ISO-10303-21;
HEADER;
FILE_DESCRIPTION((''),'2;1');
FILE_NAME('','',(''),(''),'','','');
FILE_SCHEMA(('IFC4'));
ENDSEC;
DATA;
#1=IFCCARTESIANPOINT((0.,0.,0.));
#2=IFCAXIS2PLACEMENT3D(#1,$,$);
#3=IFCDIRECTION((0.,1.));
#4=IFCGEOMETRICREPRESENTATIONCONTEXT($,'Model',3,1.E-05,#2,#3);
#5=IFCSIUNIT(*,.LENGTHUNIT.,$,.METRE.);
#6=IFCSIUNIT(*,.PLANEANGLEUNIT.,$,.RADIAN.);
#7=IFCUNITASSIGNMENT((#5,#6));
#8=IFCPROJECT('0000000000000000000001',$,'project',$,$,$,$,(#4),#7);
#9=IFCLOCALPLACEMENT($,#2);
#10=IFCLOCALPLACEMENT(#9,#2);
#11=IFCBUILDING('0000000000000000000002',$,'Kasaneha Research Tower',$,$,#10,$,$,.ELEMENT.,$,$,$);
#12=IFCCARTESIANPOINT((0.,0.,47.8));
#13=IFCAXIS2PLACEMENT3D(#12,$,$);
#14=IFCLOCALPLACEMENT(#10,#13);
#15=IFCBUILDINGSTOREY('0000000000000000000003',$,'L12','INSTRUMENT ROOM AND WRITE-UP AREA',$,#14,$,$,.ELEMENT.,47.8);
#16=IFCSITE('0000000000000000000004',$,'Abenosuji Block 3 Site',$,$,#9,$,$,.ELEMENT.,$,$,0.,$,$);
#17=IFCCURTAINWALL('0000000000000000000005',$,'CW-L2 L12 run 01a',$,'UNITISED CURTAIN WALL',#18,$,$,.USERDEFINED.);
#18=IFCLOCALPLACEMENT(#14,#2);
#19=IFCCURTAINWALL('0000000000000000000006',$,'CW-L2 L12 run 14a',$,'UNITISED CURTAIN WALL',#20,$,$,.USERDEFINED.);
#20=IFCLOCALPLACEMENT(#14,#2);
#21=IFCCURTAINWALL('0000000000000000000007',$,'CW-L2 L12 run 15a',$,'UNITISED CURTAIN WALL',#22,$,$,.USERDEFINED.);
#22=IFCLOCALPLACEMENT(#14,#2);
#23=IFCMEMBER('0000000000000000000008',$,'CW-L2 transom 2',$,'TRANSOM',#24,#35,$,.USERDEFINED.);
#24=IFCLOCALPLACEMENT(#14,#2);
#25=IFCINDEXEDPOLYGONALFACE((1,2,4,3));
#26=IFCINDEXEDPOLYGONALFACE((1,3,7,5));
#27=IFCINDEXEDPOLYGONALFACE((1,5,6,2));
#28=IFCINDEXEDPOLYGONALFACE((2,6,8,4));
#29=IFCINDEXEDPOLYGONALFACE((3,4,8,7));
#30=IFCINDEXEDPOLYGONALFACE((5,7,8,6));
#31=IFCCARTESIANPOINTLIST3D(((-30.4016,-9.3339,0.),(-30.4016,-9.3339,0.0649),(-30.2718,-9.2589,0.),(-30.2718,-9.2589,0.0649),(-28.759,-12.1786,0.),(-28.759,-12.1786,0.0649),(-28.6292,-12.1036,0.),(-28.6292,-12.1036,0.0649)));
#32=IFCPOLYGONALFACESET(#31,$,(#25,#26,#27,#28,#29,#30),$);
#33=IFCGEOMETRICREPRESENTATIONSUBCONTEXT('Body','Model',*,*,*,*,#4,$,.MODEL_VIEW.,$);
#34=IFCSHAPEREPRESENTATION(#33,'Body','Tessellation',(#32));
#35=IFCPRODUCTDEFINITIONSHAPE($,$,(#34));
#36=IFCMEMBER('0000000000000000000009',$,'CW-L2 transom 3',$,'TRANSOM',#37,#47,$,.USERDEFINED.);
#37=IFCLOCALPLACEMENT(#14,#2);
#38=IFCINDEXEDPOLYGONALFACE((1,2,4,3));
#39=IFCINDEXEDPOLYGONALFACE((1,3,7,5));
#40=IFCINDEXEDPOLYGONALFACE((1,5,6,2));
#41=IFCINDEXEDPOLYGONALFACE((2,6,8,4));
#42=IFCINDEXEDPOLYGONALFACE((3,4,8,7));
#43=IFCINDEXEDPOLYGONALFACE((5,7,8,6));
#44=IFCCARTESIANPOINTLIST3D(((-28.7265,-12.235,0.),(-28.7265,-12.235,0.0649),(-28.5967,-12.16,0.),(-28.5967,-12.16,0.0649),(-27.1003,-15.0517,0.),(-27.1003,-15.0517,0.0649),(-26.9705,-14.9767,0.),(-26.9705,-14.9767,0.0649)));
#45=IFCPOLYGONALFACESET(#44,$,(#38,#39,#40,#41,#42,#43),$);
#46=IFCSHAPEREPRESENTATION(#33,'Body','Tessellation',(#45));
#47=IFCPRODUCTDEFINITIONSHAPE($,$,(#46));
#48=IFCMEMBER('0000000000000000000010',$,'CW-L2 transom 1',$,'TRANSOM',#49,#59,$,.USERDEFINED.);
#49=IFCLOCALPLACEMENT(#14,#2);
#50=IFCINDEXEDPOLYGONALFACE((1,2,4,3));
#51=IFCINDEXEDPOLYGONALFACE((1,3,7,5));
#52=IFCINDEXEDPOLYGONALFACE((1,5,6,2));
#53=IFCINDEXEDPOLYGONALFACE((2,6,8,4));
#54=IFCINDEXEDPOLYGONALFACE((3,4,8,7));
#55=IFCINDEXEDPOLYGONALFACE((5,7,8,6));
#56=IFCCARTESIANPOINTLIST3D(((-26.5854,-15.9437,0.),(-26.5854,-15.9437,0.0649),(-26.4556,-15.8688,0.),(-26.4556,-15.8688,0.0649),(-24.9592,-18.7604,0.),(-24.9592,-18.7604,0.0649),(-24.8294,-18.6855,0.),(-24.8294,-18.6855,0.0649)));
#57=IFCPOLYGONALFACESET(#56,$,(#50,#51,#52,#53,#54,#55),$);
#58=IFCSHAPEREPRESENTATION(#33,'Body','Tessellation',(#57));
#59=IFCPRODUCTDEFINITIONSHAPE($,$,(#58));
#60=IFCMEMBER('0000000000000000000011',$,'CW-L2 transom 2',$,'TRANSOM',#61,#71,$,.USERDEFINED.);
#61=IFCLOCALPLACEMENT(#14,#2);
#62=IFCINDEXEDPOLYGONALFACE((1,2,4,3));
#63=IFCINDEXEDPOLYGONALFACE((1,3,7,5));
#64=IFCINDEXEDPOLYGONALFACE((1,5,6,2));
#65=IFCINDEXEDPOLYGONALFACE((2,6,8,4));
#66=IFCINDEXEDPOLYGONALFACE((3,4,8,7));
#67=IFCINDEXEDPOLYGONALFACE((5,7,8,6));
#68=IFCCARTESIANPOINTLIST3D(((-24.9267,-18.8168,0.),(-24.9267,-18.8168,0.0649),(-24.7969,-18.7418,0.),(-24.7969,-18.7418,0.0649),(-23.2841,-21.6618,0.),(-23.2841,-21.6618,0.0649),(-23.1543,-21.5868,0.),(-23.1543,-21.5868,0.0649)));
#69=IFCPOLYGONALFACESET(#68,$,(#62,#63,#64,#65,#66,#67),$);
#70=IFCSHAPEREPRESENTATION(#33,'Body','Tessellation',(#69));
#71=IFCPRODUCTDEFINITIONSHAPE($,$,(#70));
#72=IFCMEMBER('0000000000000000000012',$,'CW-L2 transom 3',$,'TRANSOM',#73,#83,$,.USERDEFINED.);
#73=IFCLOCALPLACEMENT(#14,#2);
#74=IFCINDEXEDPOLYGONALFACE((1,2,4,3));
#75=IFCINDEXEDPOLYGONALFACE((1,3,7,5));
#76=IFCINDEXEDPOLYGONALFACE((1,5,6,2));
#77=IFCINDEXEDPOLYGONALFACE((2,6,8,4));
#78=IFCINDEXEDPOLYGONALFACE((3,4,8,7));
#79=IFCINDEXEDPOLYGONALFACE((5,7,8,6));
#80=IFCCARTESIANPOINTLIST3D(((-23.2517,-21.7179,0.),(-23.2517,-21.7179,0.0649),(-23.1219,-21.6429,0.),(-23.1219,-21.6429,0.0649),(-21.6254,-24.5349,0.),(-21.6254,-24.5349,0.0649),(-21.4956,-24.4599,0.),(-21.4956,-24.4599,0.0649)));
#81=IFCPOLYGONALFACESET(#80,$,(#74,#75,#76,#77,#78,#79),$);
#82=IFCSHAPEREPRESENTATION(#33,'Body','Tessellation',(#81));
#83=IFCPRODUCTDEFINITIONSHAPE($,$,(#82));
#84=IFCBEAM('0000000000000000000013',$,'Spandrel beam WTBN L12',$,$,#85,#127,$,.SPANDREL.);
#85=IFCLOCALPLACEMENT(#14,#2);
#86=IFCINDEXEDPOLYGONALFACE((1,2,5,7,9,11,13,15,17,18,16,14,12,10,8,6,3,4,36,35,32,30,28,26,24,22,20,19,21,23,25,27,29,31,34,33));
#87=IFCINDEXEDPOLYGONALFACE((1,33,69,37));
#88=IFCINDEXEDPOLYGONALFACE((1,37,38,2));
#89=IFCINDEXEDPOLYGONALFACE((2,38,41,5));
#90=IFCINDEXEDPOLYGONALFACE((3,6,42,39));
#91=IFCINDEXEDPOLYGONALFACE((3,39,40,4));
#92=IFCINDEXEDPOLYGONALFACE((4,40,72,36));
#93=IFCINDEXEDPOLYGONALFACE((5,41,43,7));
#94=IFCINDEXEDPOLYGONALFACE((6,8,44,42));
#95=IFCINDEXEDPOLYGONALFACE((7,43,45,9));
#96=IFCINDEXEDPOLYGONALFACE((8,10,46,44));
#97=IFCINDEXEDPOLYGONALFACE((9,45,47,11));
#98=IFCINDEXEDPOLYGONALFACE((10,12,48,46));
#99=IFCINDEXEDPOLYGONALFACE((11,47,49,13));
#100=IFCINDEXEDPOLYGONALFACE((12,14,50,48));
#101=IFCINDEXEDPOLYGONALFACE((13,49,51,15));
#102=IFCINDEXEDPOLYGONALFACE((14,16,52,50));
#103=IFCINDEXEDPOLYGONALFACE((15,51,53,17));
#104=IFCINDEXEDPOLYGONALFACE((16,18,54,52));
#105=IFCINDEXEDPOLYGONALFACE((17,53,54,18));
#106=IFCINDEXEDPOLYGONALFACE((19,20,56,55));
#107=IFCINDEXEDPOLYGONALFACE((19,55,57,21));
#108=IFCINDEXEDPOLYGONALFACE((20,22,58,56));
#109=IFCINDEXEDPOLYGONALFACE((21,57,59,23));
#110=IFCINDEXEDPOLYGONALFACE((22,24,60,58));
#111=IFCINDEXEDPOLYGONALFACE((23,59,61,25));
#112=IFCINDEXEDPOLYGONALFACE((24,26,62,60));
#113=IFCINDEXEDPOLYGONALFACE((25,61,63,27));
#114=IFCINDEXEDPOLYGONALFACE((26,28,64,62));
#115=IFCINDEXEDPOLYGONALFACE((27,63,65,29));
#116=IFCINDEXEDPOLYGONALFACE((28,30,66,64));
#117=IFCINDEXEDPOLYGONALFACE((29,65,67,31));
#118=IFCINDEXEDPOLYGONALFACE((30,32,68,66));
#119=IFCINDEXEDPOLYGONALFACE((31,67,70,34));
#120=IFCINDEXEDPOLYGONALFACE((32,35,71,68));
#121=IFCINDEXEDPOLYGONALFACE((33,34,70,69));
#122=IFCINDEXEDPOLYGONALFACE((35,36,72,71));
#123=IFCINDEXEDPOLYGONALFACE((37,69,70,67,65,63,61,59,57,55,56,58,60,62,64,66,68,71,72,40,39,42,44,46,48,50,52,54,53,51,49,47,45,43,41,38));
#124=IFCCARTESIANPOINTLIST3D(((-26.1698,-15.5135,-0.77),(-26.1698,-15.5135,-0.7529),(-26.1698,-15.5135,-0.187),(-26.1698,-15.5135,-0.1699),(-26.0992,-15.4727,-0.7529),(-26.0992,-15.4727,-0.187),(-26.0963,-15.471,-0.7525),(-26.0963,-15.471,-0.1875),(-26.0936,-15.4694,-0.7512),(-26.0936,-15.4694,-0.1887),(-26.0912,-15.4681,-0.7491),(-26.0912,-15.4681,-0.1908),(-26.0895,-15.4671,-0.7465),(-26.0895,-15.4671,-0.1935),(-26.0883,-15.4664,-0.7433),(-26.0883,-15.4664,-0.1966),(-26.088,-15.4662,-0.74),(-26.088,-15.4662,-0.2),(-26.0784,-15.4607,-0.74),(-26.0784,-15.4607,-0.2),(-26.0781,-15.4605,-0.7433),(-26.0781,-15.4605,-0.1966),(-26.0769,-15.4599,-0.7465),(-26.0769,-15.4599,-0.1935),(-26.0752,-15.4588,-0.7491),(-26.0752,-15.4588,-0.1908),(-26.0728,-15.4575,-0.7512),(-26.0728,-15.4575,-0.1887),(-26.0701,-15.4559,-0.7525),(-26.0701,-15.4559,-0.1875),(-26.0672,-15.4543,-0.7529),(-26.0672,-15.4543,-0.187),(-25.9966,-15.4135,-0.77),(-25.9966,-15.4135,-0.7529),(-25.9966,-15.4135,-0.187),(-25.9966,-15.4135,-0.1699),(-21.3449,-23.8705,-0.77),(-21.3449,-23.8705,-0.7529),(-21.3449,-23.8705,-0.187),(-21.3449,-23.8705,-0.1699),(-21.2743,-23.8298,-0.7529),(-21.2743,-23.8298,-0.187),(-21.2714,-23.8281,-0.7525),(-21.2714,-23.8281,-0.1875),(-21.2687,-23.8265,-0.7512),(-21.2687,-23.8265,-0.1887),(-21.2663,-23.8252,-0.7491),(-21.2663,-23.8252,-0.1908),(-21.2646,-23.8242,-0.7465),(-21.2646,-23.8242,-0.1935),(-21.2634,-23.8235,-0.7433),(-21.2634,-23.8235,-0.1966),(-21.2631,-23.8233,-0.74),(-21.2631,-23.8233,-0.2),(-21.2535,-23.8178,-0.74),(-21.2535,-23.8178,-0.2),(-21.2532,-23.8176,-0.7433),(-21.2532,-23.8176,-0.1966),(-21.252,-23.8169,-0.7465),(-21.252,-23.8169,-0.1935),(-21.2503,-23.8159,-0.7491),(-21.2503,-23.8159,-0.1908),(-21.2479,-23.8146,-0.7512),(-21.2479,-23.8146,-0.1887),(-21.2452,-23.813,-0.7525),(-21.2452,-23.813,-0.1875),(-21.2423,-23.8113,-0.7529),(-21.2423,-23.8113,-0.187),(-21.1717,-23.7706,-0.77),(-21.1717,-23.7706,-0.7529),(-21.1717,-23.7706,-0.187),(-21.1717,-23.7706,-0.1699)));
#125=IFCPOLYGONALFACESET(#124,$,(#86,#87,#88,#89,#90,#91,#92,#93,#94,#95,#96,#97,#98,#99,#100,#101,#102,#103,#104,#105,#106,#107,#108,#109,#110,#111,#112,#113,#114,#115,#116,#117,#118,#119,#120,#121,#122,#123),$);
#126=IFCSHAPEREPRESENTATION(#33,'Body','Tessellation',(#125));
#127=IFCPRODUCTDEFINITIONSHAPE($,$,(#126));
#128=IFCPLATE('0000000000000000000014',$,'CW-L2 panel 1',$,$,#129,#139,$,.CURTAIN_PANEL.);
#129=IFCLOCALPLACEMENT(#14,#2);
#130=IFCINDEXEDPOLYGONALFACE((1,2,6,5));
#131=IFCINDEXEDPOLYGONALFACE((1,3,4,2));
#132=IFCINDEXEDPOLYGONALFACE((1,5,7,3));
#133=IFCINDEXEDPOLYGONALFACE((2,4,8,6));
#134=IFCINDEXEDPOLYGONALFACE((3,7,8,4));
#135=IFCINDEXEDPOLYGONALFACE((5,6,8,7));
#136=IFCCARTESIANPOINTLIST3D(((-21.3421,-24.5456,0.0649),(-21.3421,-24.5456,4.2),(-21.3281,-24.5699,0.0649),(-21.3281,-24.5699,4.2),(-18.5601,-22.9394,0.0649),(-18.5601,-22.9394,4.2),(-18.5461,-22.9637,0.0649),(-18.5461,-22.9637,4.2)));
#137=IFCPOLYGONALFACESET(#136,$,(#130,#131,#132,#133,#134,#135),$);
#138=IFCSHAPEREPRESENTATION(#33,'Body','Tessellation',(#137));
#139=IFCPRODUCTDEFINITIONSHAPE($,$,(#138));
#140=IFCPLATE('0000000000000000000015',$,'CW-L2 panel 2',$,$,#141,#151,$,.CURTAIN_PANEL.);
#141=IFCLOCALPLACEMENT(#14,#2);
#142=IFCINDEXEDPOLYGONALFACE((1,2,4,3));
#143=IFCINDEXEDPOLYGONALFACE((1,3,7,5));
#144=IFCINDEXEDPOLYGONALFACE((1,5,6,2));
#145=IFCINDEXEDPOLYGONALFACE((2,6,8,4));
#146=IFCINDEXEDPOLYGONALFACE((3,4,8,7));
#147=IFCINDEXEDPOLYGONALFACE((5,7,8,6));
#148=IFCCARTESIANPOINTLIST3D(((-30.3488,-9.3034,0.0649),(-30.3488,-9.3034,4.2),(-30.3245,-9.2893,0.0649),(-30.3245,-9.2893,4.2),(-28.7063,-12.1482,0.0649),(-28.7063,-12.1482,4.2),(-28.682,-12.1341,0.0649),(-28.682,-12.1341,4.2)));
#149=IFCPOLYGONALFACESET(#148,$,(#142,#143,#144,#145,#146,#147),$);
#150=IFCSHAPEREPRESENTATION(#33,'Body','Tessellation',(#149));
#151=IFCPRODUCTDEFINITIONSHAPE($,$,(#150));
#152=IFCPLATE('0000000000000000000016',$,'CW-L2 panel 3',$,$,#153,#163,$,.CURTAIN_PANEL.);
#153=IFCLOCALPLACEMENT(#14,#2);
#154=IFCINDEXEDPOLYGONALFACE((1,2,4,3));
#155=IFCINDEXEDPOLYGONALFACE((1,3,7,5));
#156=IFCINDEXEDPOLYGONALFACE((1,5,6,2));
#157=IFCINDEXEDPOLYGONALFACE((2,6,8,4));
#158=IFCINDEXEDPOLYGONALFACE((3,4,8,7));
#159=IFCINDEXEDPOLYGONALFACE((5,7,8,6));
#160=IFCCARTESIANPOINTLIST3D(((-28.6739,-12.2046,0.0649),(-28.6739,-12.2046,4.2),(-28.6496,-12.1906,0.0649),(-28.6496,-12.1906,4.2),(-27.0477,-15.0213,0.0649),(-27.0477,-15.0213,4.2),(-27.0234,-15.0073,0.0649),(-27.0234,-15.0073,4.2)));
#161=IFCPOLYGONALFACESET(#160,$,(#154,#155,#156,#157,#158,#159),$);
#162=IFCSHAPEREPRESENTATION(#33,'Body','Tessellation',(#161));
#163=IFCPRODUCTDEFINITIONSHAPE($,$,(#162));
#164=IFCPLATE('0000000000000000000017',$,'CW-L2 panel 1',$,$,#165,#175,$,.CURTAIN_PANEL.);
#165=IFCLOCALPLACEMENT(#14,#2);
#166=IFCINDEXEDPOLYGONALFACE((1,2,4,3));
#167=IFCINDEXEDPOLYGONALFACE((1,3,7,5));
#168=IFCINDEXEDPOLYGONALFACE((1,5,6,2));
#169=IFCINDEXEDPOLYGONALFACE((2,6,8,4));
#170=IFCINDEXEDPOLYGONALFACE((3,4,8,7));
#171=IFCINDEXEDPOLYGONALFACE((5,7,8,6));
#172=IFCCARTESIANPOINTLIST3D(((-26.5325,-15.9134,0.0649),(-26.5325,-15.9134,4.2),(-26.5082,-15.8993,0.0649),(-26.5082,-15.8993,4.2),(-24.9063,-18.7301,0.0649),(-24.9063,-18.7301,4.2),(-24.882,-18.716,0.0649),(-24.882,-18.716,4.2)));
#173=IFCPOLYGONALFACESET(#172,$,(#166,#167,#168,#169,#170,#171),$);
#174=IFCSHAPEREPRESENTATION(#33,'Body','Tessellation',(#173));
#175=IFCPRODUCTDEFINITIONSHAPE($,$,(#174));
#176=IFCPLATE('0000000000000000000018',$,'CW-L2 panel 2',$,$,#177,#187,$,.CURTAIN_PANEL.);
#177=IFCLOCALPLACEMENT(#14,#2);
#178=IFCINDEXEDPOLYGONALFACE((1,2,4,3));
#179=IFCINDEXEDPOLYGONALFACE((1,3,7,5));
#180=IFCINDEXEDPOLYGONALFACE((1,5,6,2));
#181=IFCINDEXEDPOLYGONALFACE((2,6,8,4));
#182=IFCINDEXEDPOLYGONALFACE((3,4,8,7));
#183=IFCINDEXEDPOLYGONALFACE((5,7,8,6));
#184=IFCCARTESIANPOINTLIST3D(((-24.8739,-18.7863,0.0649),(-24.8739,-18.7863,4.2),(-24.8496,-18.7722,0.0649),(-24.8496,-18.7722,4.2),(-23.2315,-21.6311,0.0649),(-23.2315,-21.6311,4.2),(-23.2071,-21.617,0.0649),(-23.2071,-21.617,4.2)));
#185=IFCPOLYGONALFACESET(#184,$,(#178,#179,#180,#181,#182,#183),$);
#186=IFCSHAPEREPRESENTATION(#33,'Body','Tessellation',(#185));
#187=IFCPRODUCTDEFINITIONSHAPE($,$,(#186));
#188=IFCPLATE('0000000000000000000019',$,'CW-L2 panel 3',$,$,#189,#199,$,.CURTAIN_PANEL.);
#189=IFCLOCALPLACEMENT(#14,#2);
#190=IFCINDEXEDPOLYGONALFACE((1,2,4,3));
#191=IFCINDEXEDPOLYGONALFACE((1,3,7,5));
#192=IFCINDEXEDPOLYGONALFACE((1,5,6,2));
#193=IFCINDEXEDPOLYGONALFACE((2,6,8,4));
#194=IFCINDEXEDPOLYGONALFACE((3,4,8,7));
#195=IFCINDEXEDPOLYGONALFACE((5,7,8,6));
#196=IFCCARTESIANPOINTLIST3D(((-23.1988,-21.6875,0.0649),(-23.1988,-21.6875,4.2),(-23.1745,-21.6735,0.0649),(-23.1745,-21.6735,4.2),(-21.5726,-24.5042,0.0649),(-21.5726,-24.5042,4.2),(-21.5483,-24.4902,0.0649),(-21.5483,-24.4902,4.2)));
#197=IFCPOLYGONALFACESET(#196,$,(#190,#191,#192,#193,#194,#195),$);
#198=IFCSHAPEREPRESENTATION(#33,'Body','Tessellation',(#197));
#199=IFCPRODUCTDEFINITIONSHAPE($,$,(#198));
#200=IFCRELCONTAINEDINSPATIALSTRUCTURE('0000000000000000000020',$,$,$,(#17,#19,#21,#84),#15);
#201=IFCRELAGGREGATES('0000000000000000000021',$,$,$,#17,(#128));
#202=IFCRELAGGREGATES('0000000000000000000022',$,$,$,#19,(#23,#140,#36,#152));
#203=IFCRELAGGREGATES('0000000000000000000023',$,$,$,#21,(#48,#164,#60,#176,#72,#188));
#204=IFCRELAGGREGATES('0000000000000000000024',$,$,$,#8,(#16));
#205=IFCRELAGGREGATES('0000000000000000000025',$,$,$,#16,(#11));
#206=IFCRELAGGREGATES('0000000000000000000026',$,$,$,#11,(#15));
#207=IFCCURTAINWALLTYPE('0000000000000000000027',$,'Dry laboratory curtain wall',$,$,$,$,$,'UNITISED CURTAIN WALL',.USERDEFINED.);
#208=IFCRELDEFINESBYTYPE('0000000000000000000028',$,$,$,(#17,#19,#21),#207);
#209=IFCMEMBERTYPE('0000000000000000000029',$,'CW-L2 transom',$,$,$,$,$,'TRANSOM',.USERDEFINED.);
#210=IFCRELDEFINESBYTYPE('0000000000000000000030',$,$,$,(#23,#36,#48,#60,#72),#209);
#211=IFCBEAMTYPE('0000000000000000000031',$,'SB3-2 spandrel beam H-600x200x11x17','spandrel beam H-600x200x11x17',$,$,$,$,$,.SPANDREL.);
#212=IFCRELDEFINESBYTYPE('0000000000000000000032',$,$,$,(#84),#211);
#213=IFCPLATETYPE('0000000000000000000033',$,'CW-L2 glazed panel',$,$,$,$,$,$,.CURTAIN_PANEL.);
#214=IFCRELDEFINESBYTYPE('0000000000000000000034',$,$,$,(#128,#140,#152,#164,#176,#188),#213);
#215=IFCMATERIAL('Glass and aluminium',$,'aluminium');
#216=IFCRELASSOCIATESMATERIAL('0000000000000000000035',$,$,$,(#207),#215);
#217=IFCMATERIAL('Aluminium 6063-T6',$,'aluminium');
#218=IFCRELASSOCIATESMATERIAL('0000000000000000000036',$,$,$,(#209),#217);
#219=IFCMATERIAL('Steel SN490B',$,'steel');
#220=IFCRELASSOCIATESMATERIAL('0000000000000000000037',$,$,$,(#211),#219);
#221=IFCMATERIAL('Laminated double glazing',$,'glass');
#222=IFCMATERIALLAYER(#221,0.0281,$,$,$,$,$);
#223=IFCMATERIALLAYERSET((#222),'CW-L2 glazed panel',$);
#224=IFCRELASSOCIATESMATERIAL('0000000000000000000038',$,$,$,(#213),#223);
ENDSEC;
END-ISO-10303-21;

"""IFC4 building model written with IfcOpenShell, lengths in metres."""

from ifc_helpers import new_model, si_unit, direction, frame, origin, origin_2d, place, context, subcontext, project, spatial, rectangle, i_section, extrude, material, layer, layer_set, material_profile, profile_set, type_object, element, aggregate, save


model = new_model("IFC4")

# Units and contexts
model_context = context("Model", 3, precision=1e-05, world=origin(), true_north=direction((0.0, 1.0)))
body_context = subcontext(model_context, "Body", "Model", "MODEL_VIEW")
ifc_project = project(units=[si_unit("LENGTHUNIT", "METRE"), si_unit("PLANEANGLEUNIT", "RADIAN")], contexts=[model_context])

# Site, building, storey
site_placement = place(None, origin())
site = spatial("IfcSite", under=ifc_project, at=site_placement, Name="Abenosuji Block 3 Site", CompositionType="ELEMENT", RefElevation=0.0)
building_placement = place(site_placement, origin())
building = spatial("IfcBuilding", under=site, at=building_placement, Name="Kasaneha Research Tower", CompositionType="ELEMENT")
storey_placement = place(building_placement, frame((0.0, 0.0, 47.8)))
storey = spatial("IfcBuildingStorey", under=building, at=storey_placement, Name="L12", Description="INSTRUMENT ROOM AND WRITE-UP AREA", CompositionType="ELEMENT", Elevation=47.8)

# Curtain wall
ifc_material_1 = material(Name="Glass and aluminium", Category="aluminium")
curtain_wall_type = type_object("IfcCurtainWallType", Name="Dry laboratory curtain wall", ElementType="UNITISED CURTAIN WALL", PredefinedType="USERDEFINED", material=ifc_material_1)
curtain_wall_1_placement = place(storey_placement, origin())
curtain_wall_1 = element("IfcCurtainWall", 1, at=curtain_wall_1_placement, inside=storey, type_object=curtain_wall_type, Name="CW-L2 L12 run 01a", ObjectType="UNITISED CURTAIN WALL", PredefinedType="USERDEFINED")

# Curtain walls
curtain_wall_2_placement = place(storey_placement, origin())
curtain_wall_2 = element("IfcCurtainWall", 2, at=curtain_wall_2_placement, inside=storey, type_object=curtain_wall_type, Name="CW-L2 L12 run 14a", ObjectType="UNITISED CURTAIN WALL", PredefinedType="USERDEFINED")
curtain_wall_3_placement = place(storey_placement, origin())
curtain_wall_3 = element("IfcCurtainWall", 3, at=curtain_wall_3_placement, inside=storey, type_object=curtain_wall_type, Name="CW-L2 L12 run 15a", ObjectType="UNITISED CURTAIN WALL", PredefinedType="USERDEFINED")

# Members
ifc_material_2 = material(Name="Aluminium 6063-T6", Category="aluminium")
ifc_material_profile_1 = material_profile(ifc_material_2, rectangle(XDim=0.1499, YDim=0.0649, at=origin_2d()), Name="CW-L2 transom 150x65")
ifc_profile_set_1 = profile_set([ifc_material_profile_1], Name="Aluminium 6063-T6")
member_type_1 = type_object("IfcMemberType", Name="CW-L2 transom", ElementType="TRANSOM", PredefinedType="USERDEFINED", material=ifc_profile_set_1)
member_1_placement = place(storey_placement, frame((-30.3367, -9.2964, 0.0325), z_axis=(0.50004, -0.866002, 0.0), x_axis=(0.866002, 0.50004, 0.0)))
member_1 = element("IfcMember", 4, at=member_1_placement, type_object=member_type_1, Name="CW-L2 transom 2", ObjectType="TRANSOM", PredefinedType="USERDEFINED", context=body_context, shape_type="SweptSolid", body=[
    extrude(rectangle(XDim=0.1499, YDim=0.0649, at=origin_2d()), origin(), (0.0, 0.0, 1.0), 3.2849),
])
member_2_placement = place(storey_placement, frame((-28.6616, -12.1975, 0.0325), z_axis=(0.500006, -0.866022, 0.0), x_axis=(0.866022, 0.500006, 0.0)))
member_2 = element("IfcMember", 5, at=member_2_placement, type_object=member_type_1, Name="CW-L2 transom 3", ObjectType="TRANSOM", PredefinedType="USERDEFINED", context=body_context, shape_type="SweptSolid", body=[
    extrude(rectangle(XDim=0.1499, YDim=0.0649, at=origin_2d()), origin(), (0.0, 0.0, 1.0), 3.2524),
])
member_3_placement = place(storey_placement, frame((-26.5205, -15.9062, 0.0325), z_axis=(0.500006, -0.866022, 0.0), x_axis=(0.866022, 0.500006, 0.0)))
member_3 = element("IfcMember", 6, at=member_3_placement, type_object=member_type_1, Name="CW-L2 transom 1", ObjectType="TRANSOM", PredefinedType="USERDEFINED", context=body_context, shape_type="SweptSolid", body=[
    extrude(rectangle(XDim=0.1499, YDim=0.0649, at=origin_2d()), origin(), (0.0, 0.0, 1.0), 3.2524),
])
member_4_placement = place(storey_placement, frame((-24.8618, -18.7793, 0.0325), z_axis=(0.500008, -0.866021, 0.0), x_axis=(0.866021, 0.500008, 0.0)))
member_4 = element("IfcMember", 7, at=member_4_placement, type_object=member_type_1, Name="CW-L2 transom 2", ObjectType="TRANSOM", PredefinedType="USERDEFINED", context=body_context, shape_type="SweptSolid", body=[
    extrude(rectangle(XDim=0.1499, YDim=0.0649, at=origin_2d()), origin(), (0.0, 0.0, 1.0), 3.2852),
])
member_5_placement = place(storey_placement, frame((-23.1868, -21.6804, 0.0325), z_axis=(0.499974, -0.866041, 0.0), x_axis=(0.866041, 0.499974, 0.0)))
member_5 = element("IfcMember", 8, at=member_5_placement, type_object=member_type_1, Name="CW-L2 transom 3", ObjectType="TRANSOM", PredefinedType="USERDEFINED", context=body_context, shape_type="SweptSolid", body=[
    extrude(rectangle(XDim=0.1499, YDim=0.0649, at=origin_2d()), origin(), (0.0, 0.0, 1.0), 3.2527),
])

# Beam
ifc_material_3 = material(Name="Steel SN490B", Category="steel")
ifc_material_profile_2 = material_profile(ifc_material_3, i_section(OverallWidth=0.2, OverallDepth=0.6001, WebThickness=0.011, FlangeThickness=0.0171, FilletRadius=0.0129, at=origin_2d()), Name="H-600x200x11x17")
ifc_profile_set_2 = profile_set([ifc_material_profile_2], Name="Steel SN490B")
beam_type_1 = type_object("IfcBeamType", Name="SB3-2 spandrel beam H-600x200x11x17", Description="spandrel beam H-600x200x11x17", PredefinedType="SPANDREL", material=ifc_profile_set_2)
beam_1_placement = place(storey_placement, frame((-21.2583, -23.8206, -0.47), z_axis=(-0.499995, 0.866028, 0.0), x_axis=(-0.866028, -0.499995, 0.0)))
element("IfcBeam", 9, at=beam_1_placement, inside=storey, type_object=beam_type_1, Name="Spandrel beam WTBN L12", PredefinedType="SPANDREL", context=body_context, shape_type="SweptSolid", body=[
    extrude(i_section(OverallWidth=0.2, OverallDepth=0.6001, WebThickness=0.011, FlangeThickness=0.0171, FilletRadius=0.0129, at=origin_2d()), origin(), (0.0, 0.0, 1.0), 9.6499),
])

# Plates
ifc_material_4 = material(Name="Laminated double glazing", Category="glass")
ifc_layer_1 = layer(ifc_material_4, 0.0281)
ifc_layer_set_1 = layer_set([ifc_layer_1], Name="CW-L2 glazed panel")
plate_type = type_object("IfcPlateType", Name="CW-L2 glazed panel", PredefinedType="CURTAIN_PANEL", material=ifc_layer_set_1)
plate_1_placement = place(storey_placement, frame((-19.9441, -23.7546, 0.0649), z_axis=(0.0, 0.0, 1.0), x_axis=(0.866025, 0.5, 0.0)))
plate_1 = element("IfcPlate", 10, at=plate_1_placement, type_object=plate_type, Name="CW-L2 panel 1", PredefinedType="CURTAIN_PANEL", context=body_context, shape_type="SweptSolid", body=[
    extrude(rectangle(XDim=3.2124, YDim=0.0281, at=origin_2d()), origin(), (0.0, 0.0, 1.0), 4.135),
])
aggregate(curtain_wall_1, [plate_1])
plate_2_placement = place(storey_placement, frame((-29.5154, -10.7188, 0.0649), z_axis=(0.0, 0.0, 1.0), x_axis=(0.5, -0.866025, 0.0)))
plate_2 = element("IfcPlate", 11, at=plate_2_placement, type_object=plate_type, Name="CW-L2 panel 2", PredefinedType="CURTAIN_PANEL", context=body_context, shape_type="SweptSolid", body=[
    extrude(rectangle(XDim=3.2849, YDim=0.0281, at=origin_2d()), origin(), (0.0, 0.0, 1.0), 4.135),
])
plate_3_placement = place(storey_placement, frame((-27.8486, -13.606, 0.0649), z_axis=(0.0, 0.0, 1.0), x_axis=(0.5, -0.866025, 0.0)))
plate_3 = element("IfcPlate", 12, at=plate_3_placement, type_object=plate_type, Name="CW-L2 panel 3", PredefinedType="CURTAIN_PANEL", context=body_context, shape_type="SweptSolid", body=[
    extrude(rectangle(XDim=3.2524, YDim=0.0281, at=origin_2d()), origin(), (0.0, 0.0, 1.0), 4.135),
])
aggregate(curtain_wall_2, [member_1, plate_2, member_2, plate_3])
plate_4_placement = place(storey_placement, frame((-25.7073, -17.3147, 0.0649), z_axis=(0.0, 0.0, 1.0), x_axis=(0.5, -0.866025, 0.0)))
plate_4 = element("IfcPlate", 13, at=plate_4_placement, type_object=plate_type, Name="CW-L2 panel 1", PredefinedType="CURTAIN_PANEL", context=body_context, shape_type="SweptSolid", body=[
    extrude(rectangle(XDim=3.2524, YDim=0.0281, at=origin_2d()), origin(), (0.0, 0.0, 1.0), 4.135),
])
plate_5_placement = place(storey_placement, frame((-24.0405, -20.2017, 0.0649), z_axis=(0.0, 0.0, 1.0), x_axis=(0.5, -0.866025, 0.0)))
plate_5 = element("IfcPlate", 14, at=plate_5_placement, type_object=plate_type, Name="CW-L2 panel 2", PredefinedType="CURTAIN_PANEL", context=body_context, shape_type="SweptSolid", body=[
    extrude(rectangle(XDim=3.2849, YDim=0.0281, at=origin_2d()), origin(), (0.0, 0.0, 1.0), 4.135),
])
plate_6_placement = place(storey_placement, frame((-22.3735, -23.0889, 0.0649), z_axis=(0.0, 0.0, 1.0), x_axis=(0.5, -0.866025, 0.0)))
plate_6 = element("IfcPlate", 15, at=plate_6_placement, type_object=plate_type, Name="CW-L2 panel 3", PredefinedType="CURTAIN_PANEL", context=body_context, shape_type="SweptSolid", body=[
    extrude(rectangle(XDim=3.2524, YDim=0.0281, at=origin_2d()), origin(), (0.0, 0.0, 1.0), 4.135),
])
aggregate(curtain_wall_3, [member_3, plate_4, member_4, plate_5, member_5, plate_6])

save(model, "model.ifc")
